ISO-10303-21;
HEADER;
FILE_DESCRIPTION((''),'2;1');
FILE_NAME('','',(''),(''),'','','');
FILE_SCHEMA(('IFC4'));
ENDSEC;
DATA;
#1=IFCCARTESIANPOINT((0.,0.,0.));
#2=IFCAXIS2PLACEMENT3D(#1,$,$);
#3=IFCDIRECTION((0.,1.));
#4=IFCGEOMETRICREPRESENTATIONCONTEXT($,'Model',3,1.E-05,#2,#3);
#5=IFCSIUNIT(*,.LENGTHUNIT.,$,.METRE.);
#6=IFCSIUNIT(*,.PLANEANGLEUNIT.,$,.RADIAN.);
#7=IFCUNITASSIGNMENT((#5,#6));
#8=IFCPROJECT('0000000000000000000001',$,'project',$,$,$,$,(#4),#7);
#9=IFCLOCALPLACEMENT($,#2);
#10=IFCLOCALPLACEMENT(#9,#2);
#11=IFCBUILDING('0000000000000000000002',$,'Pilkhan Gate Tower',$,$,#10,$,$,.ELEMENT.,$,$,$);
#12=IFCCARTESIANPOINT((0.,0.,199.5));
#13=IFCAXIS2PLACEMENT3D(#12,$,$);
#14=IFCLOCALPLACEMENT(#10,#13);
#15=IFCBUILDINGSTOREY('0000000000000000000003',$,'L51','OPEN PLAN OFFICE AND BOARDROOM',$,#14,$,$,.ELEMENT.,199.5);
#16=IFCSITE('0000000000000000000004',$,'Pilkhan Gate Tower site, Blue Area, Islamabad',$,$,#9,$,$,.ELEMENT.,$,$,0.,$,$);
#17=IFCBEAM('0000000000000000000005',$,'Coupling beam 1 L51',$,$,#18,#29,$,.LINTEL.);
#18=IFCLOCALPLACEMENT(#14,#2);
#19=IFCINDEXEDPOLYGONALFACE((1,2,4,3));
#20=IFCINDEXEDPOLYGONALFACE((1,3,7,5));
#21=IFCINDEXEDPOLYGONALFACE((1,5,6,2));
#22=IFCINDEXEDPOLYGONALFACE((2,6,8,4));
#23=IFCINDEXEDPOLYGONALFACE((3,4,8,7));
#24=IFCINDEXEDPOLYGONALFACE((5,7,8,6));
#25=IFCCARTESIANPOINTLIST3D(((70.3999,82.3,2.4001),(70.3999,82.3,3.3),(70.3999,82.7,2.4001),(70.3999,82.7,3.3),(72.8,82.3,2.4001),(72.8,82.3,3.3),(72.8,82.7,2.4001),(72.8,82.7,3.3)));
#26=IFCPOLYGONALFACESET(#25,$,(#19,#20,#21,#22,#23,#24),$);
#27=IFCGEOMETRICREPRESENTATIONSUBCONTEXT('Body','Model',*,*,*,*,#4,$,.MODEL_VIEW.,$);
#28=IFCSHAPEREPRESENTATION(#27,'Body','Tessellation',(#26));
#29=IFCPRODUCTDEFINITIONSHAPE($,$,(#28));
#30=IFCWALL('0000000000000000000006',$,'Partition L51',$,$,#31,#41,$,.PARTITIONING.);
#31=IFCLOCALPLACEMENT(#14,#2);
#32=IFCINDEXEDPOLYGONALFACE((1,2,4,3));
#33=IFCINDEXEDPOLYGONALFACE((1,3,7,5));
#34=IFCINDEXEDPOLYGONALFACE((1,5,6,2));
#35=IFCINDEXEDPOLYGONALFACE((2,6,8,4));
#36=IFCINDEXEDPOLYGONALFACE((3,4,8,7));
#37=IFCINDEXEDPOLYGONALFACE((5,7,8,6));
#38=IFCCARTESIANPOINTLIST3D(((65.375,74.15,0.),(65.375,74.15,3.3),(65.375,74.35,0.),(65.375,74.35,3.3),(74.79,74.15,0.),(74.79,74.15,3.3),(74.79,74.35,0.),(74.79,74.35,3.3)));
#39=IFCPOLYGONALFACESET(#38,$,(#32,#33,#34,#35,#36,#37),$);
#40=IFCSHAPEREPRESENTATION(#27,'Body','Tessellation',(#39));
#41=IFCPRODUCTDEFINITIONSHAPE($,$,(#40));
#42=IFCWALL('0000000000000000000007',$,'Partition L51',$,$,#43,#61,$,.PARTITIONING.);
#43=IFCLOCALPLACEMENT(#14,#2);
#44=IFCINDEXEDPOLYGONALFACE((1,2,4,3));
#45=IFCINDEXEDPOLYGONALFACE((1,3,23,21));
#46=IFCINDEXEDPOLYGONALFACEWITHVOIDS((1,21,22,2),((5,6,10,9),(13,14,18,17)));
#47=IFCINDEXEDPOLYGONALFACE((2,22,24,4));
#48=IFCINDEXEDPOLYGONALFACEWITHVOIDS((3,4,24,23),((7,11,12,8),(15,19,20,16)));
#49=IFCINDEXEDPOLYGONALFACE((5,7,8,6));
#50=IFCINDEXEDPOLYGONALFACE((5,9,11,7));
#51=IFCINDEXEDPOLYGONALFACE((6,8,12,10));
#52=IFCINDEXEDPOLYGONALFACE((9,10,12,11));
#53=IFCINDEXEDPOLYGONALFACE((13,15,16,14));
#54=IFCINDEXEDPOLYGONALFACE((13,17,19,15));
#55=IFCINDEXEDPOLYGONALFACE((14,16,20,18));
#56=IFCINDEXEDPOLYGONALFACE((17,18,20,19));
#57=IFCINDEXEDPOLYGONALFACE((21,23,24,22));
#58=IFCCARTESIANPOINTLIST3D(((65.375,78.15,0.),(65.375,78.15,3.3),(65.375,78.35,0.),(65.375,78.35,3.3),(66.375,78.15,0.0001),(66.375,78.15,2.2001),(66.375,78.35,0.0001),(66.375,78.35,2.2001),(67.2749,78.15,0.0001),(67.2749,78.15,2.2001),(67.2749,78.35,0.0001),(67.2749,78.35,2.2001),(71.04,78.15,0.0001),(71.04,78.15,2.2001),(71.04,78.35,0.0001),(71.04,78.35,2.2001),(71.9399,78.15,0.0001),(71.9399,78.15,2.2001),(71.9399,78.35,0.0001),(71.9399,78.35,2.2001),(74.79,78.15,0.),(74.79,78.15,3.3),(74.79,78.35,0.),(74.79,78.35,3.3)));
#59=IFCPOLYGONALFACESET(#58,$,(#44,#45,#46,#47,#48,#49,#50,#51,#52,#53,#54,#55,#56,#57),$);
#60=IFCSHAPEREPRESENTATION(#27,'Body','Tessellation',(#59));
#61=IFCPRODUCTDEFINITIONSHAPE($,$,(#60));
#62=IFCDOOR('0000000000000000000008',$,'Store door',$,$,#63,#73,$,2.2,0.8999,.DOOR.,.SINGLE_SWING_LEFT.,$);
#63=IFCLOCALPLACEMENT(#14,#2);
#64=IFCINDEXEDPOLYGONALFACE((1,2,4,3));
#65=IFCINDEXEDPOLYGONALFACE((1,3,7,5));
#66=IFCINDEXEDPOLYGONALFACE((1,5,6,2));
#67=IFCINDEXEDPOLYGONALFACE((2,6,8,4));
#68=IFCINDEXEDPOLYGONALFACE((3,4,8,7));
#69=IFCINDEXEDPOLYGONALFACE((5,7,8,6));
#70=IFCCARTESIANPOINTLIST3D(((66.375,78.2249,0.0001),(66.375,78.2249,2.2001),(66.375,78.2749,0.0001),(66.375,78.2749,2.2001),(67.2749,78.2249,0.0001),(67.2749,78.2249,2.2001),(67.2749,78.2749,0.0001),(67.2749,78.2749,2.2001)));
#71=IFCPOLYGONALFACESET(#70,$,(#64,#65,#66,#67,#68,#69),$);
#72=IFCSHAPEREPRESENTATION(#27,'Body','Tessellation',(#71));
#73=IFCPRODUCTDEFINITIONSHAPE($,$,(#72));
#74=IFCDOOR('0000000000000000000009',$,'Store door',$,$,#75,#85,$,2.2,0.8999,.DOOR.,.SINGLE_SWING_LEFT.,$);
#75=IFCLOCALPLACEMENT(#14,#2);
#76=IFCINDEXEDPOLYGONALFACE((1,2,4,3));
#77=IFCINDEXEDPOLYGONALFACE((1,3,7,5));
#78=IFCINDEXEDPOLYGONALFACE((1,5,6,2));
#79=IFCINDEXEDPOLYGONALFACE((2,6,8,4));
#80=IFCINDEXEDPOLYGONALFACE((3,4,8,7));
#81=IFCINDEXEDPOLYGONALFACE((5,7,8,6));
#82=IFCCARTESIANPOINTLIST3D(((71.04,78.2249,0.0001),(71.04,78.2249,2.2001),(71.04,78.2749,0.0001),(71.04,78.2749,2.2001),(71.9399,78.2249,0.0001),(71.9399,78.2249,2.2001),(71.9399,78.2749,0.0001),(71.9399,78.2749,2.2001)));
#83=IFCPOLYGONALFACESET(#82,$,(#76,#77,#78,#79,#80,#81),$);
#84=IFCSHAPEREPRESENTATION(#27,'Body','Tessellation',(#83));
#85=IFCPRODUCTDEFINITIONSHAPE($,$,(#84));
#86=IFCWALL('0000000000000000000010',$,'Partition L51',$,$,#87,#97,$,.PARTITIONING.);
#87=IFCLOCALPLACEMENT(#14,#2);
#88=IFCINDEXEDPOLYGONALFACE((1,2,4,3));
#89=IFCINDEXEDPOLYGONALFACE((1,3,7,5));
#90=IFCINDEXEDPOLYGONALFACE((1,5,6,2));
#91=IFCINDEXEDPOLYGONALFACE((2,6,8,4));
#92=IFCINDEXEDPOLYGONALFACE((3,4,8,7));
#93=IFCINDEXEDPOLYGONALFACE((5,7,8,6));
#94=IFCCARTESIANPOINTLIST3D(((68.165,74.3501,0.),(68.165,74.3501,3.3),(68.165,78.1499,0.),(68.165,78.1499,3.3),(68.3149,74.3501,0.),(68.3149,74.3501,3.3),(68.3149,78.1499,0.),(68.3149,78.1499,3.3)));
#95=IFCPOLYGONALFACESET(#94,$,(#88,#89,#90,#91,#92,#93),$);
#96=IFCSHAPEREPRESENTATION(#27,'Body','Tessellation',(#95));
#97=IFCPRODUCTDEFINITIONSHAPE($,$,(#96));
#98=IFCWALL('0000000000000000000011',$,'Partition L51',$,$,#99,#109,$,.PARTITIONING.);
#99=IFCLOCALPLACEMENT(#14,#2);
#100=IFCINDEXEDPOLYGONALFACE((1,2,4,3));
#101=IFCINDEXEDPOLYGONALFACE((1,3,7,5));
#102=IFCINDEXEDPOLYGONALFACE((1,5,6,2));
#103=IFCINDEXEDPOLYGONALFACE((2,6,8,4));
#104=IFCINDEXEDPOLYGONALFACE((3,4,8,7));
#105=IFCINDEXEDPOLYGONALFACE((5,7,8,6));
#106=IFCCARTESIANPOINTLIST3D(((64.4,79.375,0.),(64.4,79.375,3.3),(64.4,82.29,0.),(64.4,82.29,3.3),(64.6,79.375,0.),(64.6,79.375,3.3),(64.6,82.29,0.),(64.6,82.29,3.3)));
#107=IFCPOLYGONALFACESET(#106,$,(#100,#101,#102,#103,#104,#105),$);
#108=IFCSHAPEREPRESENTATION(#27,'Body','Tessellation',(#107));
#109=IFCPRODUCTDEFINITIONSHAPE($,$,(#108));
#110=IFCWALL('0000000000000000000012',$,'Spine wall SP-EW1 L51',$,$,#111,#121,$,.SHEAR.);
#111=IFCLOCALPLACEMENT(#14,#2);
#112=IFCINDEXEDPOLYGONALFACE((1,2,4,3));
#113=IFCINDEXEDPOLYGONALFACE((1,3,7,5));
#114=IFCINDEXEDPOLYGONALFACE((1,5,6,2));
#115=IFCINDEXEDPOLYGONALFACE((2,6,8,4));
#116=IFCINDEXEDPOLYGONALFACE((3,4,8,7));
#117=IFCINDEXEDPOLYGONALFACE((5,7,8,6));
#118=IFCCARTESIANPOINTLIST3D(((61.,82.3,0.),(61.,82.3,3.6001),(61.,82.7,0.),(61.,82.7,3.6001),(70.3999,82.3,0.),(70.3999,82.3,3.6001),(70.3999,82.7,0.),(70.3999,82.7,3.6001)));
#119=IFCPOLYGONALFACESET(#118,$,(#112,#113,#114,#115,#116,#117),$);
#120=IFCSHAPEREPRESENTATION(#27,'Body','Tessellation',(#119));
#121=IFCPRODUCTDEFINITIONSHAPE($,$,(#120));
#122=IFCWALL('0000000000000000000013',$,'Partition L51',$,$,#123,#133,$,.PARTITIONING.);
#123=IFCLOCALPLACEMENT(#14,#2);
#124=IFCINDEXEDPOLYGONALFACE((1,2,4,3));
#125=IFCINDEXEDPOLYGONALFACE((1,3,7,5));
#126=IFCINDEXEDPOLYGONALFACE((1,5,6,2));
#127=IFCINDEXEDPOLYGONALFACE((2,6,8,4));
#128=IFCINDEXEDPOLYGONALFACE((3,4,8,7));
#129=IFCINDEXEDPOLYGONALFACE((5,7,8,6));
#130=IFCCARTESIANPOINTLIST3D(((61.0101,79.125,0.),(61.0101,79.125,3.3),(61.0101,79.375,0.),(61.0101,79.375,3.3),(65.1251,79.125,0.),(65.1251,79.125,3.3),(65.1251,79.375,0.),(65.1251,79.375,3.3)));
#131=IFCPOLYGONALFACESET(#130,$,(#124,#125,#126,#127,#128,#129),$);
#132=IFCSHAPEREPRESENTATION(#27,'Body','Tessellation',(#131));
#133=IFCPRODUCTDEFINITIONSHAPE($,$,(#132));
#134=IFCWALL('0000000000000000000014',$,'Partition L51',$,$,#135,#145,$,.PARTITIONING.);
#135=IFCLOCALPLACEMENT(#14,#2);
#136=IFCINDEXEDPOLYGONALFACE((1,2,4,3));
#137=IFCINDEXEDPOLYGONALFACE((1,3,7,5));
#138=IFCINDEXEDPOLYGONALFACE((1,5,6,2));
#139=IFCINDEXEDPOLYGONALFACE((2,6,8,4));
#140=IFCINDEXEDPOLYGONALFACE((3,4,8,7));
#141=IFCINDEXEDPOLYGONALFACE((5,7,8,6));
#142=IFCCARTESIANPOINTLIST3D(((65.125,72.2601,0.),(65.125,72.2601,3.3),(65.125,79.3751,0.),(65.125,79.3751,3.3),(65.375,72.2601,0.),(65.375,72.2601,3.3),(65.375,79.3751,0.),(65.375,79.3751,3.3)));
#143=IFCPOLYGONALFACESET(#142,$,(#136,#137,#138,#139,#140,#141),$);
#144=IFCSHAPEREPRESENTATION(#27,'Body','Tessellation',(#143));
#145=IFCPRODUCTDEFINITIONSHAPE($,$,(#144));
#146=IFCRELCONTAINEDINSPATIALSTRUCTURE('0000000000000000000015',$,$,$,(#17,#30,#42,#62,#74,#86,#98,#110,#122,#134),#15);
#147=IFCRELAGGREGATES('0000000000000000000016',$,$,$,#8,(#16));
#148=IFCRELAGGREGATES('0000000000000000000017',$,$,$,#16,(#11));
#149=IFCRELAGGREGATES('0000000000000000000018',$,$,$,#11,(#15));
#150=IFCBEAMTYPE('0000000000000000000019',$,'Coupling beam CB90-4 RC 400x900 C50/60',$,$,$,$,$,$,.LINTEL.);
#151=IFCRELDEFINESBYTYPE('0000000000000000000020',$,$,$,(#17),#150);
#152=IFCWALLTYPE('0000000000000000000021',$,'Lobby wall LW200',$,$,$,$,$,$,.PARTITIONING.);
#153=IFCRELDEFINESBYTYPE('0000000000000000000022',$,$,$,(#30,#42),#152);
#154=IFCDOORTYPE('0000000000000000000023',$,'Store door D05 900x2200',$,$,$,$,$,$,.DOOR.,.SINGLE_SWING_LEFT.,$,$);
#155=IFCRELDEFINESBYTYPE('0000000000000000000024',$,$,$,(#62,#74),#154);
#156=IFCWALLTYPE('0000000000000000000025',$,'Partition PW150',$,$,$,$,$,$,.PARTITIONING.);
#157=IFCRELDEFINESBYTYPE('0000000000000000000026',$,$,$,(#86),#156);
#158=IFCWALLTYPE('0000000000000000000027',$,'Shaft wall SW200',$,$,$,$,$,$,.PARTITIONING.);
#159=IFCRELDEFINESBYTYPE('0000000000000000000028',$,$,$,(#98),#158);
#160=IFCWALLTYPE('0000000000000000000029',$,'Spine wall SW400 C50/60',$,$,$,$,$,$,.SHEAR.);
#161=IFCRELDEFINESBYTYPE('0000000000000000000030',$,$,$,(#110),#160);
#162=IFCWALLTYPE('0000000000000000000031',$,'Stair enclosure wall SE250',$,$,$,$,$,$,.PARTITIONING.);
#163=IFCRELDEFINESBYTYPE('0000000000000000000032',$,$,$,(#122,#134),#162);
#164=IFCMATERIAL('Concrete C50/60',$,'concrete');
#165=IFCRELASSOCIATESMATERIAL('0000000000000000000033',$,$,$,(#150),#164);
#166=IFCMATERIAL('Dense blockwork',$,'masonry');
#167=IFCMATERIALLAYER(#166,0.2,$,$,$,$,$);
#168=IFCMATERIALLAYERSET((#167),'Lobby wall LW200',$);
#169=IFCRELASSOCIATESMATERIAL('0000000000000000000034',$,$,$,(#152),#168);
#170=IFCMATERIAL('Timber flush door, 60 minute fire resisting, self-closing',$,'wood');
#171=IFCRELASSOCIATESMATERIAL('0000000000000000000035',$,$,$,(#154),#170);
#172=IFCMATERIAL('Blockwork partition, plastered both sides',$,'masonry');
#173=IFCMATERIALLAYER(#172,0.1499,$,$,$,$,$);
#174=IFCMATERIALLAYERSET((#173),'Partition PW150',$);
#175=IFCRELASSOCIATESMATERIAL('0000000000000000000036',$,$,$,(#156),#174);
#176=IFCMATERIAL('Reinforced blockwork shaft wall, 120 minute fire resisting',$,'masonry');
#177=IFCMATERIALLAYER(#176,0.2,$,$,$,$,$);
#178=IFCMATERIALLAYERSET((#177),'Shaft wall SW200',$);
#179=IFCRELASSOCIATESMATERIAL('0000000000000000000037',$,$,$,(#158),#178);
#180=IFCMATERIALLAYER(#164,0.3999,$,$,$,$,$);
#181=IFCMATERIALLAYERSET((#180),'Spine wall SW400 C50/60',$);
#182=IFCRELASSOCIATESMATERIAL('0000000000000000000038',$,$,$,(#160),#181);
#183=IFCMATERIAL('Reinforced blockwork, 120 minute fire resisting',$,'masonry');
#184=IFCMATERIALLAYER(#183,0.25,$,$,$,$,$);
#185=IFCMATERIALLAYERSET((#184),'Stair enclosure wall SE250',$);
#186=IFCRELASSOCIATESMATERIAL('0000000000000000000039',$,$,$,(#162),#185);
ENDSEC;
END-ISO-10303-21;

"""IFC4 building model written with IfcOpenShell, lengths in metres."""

from ifc_helpers import new_model, si_unit, direction, frame, frame_2d, origin, origin_2d, place, context, subcontext, project, spatial, rectangle, extrude, material, layer, layer_set, material_profile, profile_set, type_object, element, fill, save


model = new_model("IFC4")

# Units and contexts
model_context = context("Model", 3, precision=1e-05, world=origin(), true_north=direction((0.0, 1.0)))
body_context = subcontext(model_context, "Body", "Model", "MODEL_VIEW")
ifc_project = project(units=[si_unit("LENGTHUNIT", "METRE"), si_unit("PLANEANGLEUNIT", "RADIAN")], contexts=[model_context])

# Site, building, storey
site_placement = place(None, origin())
site = spatial("IfcSite", under=ifc_project, at=site_placement, Name="Pilkhan Gate Tower site, Blue Area, Islamabad", CompositionType="ELEMENT", RefElevation=0.0)
building_placement = place(site_placement, origin())
building = spatial("IfcBuilding", under=site, at=building_placement, Name="Pilkhan Gate Tower", CompositionType="ELEMENT")
storey_placement = place(building_placement, frame((0.0, 0.0, 199.5)))
storey = spatial("IfcBuildingStorey", under=building, at=storey_placement, Name="L51", Description="OPEN PLAN OFFICE AND BOARDROOM", CompositionType="ELEMENT", Elevation=199.5)

# Beam
ifc_material_1 = material(Name="Concrete C50/60", Category="concrete")
ifc_material_profile = material_profile(ifc_material_1, rectangle(XDim=0.3999, YDim=0.8999, at=origin_2d()), Name="RC 400x900")
ifc_profile_set = profile_set([ifc_material_profile], Name="Concrete C50/60")
beam_type = type_object("IfcBeamType", Name="Coupling beam CB90-4 RC 400x900 C50/60", PredefinedType="LINTEL", material=ifc_profile_set)
beam_placement = place(storey_placement, frame((70.3999, 82.5, 2.8501), z_axis=(1.0, 0.0, 0.0), x_axis=(0.0, 1.0, 0.0)))
element("IfcBeam", 1, at=beam_placement, inside=storey, type_object=beam_type, Name="Coupling beam 1 L51", PredefinedType="LINTEL", context=body_context, shape_type="SweptSolid", body=[
    extrude(rectangle(XDim=0.3999, YDim=0.8999, at=origin_2d()), origin(), (0.0, 0.0, 1.0), 2.4001),
])

# Wall
ifc_material_2 = material(Name="Dense blockwork", Category="masonry")
ifc_layer_1 = layer(ifc_material_2, 0.2)
ifc_layer_set_1 = layer_set([ifc_layer_1], Name="Lobby wall LW200")
wall_type_1 = type_object("IfcWallType", Name="Lobby wall LW200", PredefinedType="PARTITIONING", material=ifc_layer_set_1)
wall_1_placement = place(storey_placement, frame((65.375, 74.25, 0.0), z_axis=(0.0, 0.0, 1.0), x_axis=(1.0, 0.0, 0.0)))
element("IfcWall", 2, at=wall_1_placement, inside=storey, type_object=wall_type_1, Name="Partition L51", PredefinedType="PARTITIONING", context=body_context, shape_type="SweptSolid", body=[
    extrude(rectangle(XDim=9.415, YDim=0.2, at=frame_2d((4.7075, 0.0))), origin(), (0.0, 0.0, 1.0), 3.3),
])

# Wall, openings, doors
wall_2_placement = place(storey_placement, frame((65.375, 78.25, 0.0), z_axis=(0.0, 0.0, 1.0), x_axis=(1.0, 0.0, 0.0)))
wall_2 = element("IfcWall", 3, at=wall_2_placement, inside=storey, type_object=wall_type_1, Name="Partition L51", PredefinedType="PARTITIONING", context=body_context, shape_type="SweptSolid", body=[
    extrude(rectangle(XDim=9.415, YDim=0.2, at=frame_2d((4.7075, 0.0))), origin(), (0.0, 0.0, 1.0), 3.3),
])
opening_1_placement = place(wall_2_placement, frame((1.0, 0.0, 0.0)))
opening_1 = element("IfcOpeningElement", 4, at=opening_1_placement, cuts=wall_2, PredefinedType="OPENING", context=body_context, shape_type="SweptSolid", body=[
    extrude(rectangle(XDim=0.8999, YDim=2.2, at=frame_2d((0.45, 1.1001))), frame((0.0, 0.1099, 0.0), z_axis=(0.0, -1.0, 0.0), x_axis=(1.0, 0.0, 0.0)), (0.0, 0.0, 1.0), 0.22),
])
opening_2_placement = place(wall_2_placement, frame((5.665, 0.0, 0.0)))
opening_2 = element("IfcOpeningElement", 5, at=opening_2_placement, cuts=wall_2, PredefinedType="OPENING", context=body_context, shape_type="SweptSolid", body=[
    extrude(rectangle(XDim=0.8999, YDim=2.2, at=frame_2d((0.45, 1.1001))), frame((0.0, 0.1099, 0.0), z_axis=(0.0, -1.0, 0.0), x_axis=(1.0, 0.0, 0.0)), (0.0, 0.0, 1.0), 0.22),
])
ifc_material_3 = material(Name="Timber flush door, 60 minute fire resisting, self-closing", Category="wood")
door_type = type_object("IfcDoorType", Name="Store door D05 900x2200", OperationType="SINGLE_SWING_LEFT", PredefinedType="DOOR", material=ifc_material_3)
door_1_placement = place(opening_1_placement, origin())
door_1 = element("IfcDoor", 6, at=door_1_placement, inside=storey, type_object=door_type, Name="Store door", OperationType="SINGLE_SWING_LEFT", OverallHeight=2.2, OverallWidth=0.8999, PredefinedType="DOOR", context=body_context, shape_type="SweptSolid", body=[
    extrude(rectangle(XDim=0.8999, YDim=2.2, at=frame_2d((0.45, 1.1001))), frame((0.0, 0.0249, 0.0), z_axis=(0.0, -1.0, 0.0), x_axis=(1.0, 0.0, 0.0)), (0.0, 0.0, 1.0), 0.05),
])
fill(opening_1, door_1)
door_2_placement = place(opening_2_placement, origin())
door_2 = element("IfcDoor", 7, at=door_2_placement, inside=storey, type_object=door_type, Name="Store door", OperationType="SINGLE_SWING_LEFT", OverallHeight=2.2, OverallWidth=0.8999, PredefinedType="DOOR", context=body_context, shape_type="SweptSolid", body=[
    extrude(rectangle(XDim=0.8999, YDim=2.2, at=frame_2d((0.45, 1.1001))), frame((0.0, 0.0249, 0.0), z_axis=(0.0, -1.0, 0.0), x_axis=(1.0, 0.0, 0.0)), (0.0, 0.0, 1.0), 0.05),
])
fill(opening_2, door_2)

# Walls
ifc_material_4 = material(Name="Blockwork partition, plastered both sides", Category="masonry")
ifc_layer_2 = layer(ifc_material_4, 0.1499)
ifc_layer_set_2 = layer_set([ifc_layer_2], Name="Partition PW150")
wall_type_2 = type_object("IfcWallType", Name="Partition PW150", PredefinedType="PARTITIONING", material=ifc_layer_set_2)
wall_3_placement = place(storey_placement, frame((68.24, 74.3501, 0.0), z_axis=(0.0, 0.0, 1.0), x_axis=(0.0, 1.0, 0.0)))
element("IfcWall", 8, at=wall_3_placement, inside=storey, type_object=wall_type_2, Name="Partition L51", PredefinedType="PARTITIONING", context=body_context, shape_type="SweptSolid", body=[
    extrude(rectangle(XDim=3.7998, YDim=0.1499, at=frame_2d((1.8999, 0.0))), origin(), (0.0, 0.0, 1.0), 3.3),
])
ifc_material_5 = material(Name="Reinforced blockwork shaft wall, 120 minute fire resisting", Category="masonry")
ifc_layer_3 = layer(ifc_material_5, 0.2)
ifc_layer_set_3 = layer_set([ifc_layer_3], Name="Shaft wall SW200")
wall_type_3 = type_object("IfcWallType", Name="Shaft wall SW200", PredefinedType="PARTITIONING", material=ifc_layer_set_3)
wall_4_placement = place(storey_placement, frame((64.5, 79.375, 0.0), z_axis=(0.0, 0.0, 1.0), x_axis=(0.0, 1.0, 0.0)))
element("IfcWall", 9, at=wall_4_placement, inside=storey, type_object=wall_type_3, Name="Partition L51", PredefinedType="PARTITIONING", context=body_context, shape_type="SweptSolid", body=[
    extrude(rectangle(XDim=2.915, YDim=0.2, at=frame_2d((1.4575, 0.0))), origin(), (0.0, 0.0, 1.0), 3.3),
])
ifc_layer_4 = layer(ifc_material_1, 0.3999)
ifc_layer_set_4 = layer_set([ifc_layer_4], Name="Spine wall SW400 C50/60")
wall_type_4 = type_object("IfcWallType", Name="Spine wall SW400 C50/60", PredefinedType="SHEAR", material=ifc_layer_set_4)
wall_5_placement = place(storey_placement, frame((61.0, 82.5, 0.0), z_axis=(0.0, 0.0, 1.0), x_axis=(1.0, 0.0, 0.0)))
element("IfcWall", 10, at=wall_5_placement, inside=storey, type_object=wall_type_4, Name="Spine wall SP-EW1 L51", PredefinedType="SHEAR", context=body_context, shape_type="SweptSolid", body=[
    extrude(rectangle(XDim=9.3999, YDim=0.3999, at=frame_2d((4.7, 0.0))), origin(), (0.0, 0.0, 1.0), 3.6001),
])
ifc_material_6 = material(Name="Reinforced blockwork, 120 minute fire resisting", Category="masonry")
ifc_layer_5 = layer(ifc_material_6, 0.25)
ifc_layer_set_5 = layer_set([ifc_layer_5], Name="Stair enclosure wall SE250")
wall_type_5 = type_object("IfcWallType", Name="Stair enclosure wall SE250", PredefinedType="PARTITIONING", material=ifc_layer_set_5)
wall_6_placement = place(storey_placement, frame((61.01, 79.25, 0.0), z_axis=(0.0, 0.0, 1.0), x_axis=(1.0, 0.0, 0.0)))
element("IfcWall", 11, at=wall_6_placement, inside=storey, type_object=wall_type_5, Name="Partition L51", PredefinedType="PARTITIONING", context=body_context, shape_type="SweptSolid", body=[
    extrude(rectangle(XDim=4.115, YDim=0.25, at=frame_2d((2.0576, 0.0))), origin(), (0.0, 0.0, 1.0), 3.3),
])
wall_7_placement = place(storey_placement, frame((65.25, 72.26, 0.0), z_axis=(0.0, 0.0, 1.0), x_axis=(0.0, 1.0, 0.0)))
element("IfcWall", 12, at=wall_7_placement, inside=storey, type_object=wall_type_5, Name="Partition L51", PredefinedType="PARTITIONING", context=body_context, shape_type="SweptSolid", body=[
    extrude(rectangle(XDim=7.115, YDim=0.25, at=frame_2d((3.5576, 0.0))), origin(), (0.0, 0.0, 1.0), 3.3),
])

save(model, "model.ifc")
